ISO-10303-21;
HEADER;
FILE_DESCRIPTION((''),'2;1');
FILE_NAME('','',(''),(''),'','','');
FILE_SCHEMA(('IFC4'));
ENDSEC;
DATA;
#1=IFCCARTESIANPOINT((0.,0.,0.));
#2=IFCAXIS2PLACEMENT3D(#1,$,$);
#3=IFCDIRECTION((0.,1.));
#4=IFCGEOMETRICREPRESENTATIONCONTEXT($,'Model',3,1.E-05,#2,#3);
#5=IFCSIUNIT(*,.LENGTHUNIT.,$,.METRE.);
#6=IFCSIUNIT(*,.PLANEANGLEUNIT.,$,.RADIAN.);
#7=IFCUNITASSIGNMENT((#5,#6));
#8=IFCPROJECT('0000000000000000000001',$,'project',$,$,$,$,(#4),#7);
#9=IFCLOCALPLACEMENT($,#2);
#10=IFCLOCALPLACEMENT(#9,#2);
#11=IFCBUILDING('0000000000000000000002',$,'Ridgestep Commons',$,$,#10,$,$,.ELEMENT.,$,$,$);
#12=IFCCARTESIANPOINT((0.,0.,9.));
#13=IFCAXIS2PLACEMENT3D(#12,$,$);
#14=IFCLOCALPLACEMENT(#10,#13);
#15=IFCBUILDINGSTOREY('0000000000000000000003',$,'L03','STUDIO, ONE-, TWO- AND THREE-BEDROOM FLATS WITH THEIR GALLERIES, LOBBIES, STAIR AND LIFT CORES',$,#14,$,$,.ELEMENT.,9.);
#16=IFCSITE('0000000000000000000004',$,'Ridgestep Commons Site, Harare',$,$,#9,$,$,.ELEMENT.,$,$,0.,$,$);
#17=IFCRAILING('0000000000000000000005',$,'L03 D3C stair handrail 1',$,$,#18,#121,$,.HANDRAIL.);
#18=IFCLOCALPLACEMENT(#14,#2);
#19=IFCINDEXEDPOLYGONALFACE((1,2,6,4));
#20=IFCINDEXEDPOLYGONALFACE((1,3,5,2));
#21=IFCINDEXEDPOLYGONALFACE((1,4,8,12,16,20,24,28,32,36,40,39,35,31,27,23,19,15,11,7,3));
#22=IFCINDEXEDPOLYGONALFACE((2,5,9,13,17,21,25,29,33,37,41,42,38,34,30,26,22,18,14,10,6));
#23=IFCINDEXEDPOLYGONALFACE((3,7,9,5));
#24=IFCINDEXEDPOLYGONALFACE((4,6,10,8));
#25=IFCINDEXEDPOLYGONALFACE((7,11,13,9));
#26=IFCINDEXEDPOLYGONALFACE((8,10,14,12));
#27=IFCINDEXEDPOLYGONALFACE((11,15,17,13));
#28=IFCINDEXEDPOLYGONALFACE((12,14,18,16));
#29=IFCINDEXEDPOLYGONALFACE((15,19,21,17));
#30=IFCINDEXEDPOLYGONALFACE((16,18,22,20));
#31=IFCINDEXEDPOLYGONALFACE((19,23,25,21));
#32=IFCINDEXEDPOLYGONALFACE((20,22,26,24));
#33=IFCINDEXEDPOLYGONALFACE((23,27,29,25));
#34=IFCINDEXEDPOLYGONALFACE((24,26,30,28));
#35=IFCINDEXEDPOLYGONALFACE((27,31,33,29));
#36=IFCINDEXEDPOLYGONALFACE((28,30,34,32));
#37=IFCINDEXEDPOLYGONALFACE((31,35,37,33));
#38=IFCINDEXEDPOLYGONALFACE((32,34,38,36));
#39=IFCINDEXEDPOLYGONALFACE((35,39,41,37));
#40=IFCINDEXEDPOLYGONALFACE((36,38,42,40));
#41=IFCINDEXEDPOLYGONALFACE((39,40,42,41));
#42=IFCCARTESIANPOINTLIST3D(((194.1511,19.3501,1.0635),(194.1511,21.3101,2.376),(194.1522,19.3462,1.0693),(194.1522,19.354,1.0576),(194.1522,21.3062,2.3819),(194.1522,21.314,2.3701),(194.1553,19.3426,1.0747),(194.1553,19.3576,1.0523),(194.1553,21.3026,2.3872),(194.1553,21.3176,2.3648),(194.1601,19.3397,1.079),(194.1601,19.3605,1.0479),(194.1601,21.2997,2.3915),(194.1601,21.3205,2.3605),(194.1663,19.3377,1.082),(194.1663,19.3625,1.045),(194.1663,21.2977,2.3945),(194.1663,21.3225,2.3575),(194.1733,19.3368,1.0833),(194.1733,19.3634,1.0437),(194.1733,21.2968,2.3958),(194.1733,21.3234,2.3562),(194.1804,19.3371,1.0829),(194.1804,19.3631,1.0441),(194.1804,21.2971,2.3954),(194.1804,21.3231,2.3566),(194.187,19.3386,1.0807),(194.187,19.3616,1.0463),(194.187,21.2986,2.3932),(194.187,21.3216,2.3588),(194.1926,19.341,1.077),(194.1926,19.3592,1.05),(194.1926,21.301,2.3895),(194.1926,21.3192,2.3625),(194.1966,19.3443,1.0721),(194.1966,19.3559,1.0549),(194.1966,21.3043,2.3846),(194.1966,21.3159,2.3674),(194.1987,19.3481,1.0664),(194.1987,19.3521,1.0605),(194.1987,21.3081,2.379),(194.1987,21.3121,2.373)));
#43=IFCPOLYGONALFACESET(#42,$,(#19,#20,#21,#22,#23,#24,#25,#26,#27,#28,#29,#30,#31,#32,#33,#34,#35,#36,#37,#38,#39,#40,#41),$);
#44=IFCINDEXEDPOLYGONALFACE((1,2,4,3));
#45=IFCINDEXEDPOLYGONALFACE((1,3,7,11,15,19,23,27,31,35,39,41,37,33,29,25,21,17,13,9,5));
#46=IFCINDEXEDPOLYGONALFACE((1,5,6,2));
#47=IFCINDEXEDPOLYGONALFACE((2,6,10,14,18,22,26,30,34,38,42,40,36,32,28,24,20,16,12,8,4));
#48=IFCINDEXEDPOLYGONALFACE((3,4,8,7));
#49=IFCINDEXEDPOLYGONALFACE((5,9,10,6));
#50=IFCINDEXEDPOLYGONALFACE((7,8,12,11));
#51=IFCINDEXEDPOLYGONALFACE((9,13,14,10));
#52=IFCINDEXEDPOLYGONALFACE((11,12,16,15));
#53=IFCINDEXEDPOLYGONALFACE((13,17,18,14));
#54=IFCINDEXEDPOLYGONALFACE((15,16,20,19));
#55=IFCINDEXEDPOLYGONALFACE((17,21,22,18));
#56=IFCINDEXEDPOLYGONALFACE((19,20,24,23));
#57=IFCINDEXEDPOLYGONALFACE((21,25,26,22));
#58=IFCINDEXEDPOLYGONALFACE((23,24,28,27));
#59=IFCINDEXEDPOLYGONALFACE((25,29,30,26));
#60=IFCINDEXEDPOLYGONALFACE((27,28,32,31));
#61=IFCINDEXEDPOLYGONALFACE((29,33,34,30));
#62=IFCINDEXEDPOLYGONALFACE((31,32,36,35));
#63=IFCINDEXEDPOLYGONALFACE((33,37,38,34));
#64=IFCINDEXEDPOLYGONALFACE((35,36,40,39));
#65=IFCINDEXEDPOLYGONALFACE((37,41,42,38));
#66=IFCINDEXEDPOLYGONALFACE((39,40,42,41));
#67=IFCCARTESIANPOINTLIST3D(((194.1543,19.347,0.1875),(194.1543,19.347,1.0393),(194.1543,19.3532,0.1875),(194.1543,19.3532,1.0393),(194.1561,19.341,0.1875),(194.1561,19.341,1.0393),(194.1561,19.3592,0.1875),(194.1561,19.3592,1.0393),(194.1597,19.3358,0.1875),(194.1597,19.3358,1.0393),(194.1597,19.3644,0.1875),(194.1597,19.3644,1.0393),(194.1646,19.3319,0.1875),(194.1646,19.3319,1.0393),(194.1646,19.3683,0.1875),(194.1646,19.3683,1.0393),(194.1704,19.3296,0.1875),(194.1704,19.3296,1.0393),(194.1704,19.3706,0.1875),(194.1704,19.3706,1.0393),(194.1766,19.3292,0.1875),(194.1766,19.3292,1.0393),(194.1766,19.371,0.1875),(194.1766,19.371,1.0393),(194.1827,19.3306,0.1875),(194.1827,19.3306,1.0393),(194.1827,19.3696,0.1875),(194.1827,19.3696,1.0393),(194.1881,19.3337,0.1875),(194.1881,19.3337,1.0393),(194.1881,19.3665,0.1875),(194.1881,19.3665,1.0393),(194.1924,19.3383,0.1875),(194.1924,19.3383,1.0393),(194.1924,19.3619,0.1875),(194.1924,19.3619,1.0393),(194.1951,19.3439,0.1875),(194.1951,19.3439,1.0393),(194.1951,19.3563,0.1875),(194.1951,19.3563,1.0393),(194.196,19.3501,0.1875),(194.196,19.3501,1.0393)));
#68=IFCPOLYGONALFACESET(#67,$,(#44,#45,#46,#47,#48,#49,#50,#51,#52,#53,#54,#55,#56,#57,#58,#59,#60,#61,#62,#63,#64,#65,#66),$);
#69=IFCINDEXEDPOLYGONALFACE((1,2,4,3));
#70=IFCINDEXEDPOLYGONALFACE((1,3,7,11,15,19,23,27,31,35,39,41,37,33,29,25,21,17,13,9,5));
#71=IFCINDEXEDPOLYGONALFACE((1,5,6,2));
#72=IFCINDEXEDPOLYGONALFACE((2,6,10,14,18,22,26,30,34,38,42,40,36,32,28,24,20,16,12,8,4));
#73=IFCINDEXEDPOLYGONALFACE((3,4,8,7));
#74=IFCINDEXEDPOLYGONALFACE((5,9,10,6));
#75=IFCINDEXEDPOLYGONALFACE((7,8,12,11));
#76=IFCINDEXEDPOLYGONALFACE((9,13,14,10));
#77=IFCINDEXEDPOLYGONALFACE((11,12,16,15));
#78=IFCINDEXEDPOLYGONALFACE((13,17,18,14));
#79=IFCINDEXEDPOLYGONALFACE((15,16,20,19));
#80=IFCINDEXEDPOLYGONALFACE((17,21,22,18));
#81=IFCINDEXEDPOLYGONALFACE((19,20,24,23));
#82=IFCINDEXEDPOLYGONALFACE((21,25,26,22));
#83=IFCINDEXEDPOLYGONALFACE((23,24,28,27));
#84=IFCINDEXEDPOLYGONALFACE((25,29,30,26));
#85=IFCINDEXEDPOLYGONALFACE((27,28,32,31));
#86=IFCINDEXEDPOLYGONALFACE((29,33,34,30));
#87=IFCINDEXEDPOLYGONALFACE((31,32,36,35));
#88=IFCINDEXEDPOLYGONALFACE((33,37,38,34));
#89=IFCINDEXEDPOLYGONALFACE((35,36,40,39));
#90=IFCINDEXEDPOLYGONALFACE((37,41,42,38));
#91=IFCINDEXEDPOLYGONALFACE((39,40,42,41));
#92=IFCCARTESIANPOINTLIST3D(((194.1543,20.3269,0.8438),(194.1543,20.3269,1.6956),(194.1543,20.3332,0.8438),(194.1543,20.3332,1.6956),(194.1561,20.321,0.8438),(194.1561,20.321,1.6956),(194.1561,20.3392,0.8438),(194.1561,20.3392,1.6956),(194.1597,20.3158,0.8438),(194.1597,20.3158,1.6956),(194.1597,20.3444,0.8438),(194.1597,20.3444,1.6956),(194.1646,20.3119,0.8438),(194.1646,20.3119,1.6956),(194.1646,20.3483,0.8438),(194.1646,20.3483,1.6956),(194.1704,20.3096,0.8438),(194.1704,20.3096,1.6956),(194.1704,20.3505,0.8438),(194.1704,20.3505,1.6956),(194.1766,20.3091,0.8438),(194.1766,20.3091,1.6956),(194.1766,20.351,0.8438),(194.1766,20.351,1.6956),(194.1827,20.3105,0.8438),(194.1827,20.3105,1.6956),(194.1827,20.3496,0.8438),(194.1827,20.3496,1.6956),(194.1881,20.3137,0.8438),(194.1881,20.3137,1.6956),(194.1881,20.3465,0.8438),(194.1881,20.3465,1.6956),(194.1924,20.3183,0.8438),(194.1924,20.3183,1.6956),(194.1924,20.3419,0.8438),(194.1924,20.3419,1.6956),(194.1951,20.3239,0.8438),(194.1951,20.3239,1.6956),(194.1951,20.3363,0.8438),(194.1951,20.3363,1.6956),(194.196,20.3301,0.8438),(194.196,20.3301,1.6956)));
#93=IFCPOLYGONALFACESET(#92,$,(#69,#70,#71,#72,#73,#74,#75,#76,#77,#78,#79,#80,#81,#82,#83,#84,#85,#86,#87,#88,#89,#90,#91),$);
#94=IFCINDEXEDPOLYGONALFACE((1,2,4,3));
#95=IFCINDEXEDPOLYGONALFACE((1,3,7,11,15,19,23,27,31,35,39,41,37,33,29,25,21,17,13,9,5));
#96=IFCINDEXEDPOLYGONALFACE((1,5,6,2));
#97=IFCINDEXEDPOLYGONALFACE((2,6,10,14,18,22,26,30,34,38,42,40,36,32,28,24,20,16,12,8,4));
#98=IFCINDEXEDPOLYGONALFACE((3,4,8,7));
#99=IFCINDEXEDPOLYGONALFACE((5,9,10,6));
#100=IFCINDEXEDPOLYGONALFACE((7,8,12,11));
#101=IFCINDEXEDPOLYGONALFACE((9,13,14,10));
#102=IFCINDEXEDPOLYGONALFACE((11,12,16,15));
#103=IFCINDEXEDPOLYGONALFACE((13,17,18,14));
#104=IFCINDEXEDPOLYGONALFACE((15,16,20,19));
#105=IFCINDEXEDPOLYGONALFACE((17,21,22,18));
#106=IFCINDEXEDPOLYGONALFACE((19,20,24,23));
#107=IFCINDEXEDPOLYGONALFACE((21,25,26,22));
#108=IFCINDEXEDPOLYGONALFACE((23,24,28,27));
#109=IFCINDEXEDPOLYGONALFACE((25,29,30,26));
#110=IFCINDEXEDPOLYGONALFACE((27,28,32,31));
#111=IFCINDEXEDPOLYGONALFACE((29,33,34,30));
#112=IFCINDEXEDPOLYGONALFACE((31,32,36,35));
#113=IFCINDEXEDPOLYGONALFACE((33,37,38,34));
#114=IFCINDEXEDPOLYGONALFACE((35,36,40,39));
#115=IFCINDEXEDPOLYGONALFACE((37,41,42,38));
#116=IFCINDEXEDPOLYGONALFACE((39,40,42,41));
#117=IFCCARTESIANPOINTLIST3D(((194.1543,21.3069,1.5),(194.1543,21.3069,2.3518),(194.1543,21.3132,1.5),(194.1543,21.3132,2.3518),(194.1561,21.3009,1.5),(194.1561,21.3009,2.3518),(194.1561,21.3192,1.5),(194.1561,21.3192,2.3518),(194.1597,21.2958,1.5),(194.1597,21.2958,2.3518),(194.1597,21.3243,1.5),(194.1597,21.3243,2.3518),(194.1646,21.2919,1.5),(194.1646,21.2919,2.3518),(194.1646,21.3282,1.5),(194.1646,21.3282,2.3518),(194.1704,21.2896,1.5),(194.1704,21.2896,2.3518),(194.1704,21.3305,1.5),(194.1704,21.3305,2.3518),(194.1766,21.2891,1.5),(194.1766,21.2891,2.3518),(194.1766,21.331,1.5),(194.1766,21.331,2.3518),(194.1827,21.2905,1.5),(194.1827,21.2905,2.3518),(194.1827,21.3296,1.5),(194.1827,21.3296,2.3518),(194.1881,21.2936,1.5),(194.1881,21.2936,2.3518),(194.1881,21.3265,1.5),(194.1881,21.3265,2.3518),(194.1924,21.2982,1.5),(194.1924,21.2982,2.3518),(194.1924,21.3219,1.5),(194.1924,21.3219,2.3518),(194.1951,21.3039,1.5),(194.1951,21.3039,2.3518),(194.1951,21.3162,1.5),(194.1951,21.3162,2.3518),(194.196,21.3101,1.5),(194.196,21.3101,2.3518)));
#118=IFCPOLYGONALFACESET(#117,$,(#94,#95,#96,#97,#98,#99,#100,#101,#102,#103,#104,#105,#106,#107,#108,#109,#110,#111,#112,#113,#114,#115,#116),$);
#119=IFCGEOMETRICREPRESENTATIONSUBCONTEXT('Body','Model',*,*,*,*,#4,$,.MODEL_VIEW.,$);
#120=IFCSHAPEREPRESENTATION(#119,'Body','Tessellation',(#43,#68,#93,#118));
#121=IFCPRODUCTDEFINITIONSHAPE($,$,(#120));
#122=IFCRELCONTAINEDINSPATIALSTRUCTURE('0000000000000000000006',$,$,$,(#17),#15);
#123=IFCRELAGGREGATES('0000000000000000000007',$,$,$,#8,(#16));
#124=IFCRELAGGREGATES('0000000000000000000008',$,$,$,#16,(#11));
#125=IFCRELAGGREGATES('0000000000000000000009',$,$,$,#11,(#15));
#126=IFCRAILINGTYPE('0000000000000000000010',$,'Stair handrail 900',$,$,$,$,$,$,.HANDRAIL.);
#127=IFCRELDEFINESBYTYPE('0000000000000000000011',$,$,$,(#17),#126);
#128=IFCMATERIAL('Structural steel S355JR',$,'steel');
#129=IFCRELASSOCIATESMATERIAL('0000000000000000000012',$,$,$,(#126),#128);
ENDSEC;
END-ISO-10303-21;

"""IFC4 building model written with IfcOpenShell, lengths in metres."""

from ifc_helpers import new_model, si_unit, direction, frame, origin, origin_2d, place, context, subcontext, project, spatial, circle, extrude, material, type_object, element, save


model = new_model("IFC4")

# Units and contexts
model_context = context("Model", 3, precision=1e-05, world=origin(), true_north=direction((0.0, 1.0)))
body_context = subcontext(model_context, "Body", "Model", "MODEL_VIEW")
ifc_project = project(units=[si_unit("LENGTHUNIT", "METRE"), si_unit("PLANEANGLEUNIT", "RADIAN")], contexts=[model_context])

# Site, building, storey
site_placement = place(None, origin())
site = spatial("IfcSite", under=ifc_project, at=site_placement, Name="Ridgestep Commons Site, Harare", CompositionType="ELEMENT", RefElevation=0.0)
building_placement = place(site_placement, origin())
building = spatial("IfcBuilding", under=site, at=building_placement, Name="Ridgestep Commons", CompositionType="ELEMENT")
storey_placement = place(building_placement, frame((0.0, 0.0, 9.0)))
storey = spatial("IfcBuildingStorey", under=building, at=storey_placement, Name="L03", Description="STUDIO, ONE-, TWO- AND THREE-BEDROOM FLATS WITH THEIR GALLERIES, LOBBIES, STAIR AND LIFT CORES", CompositionType="ELEMENT", Elevation=9.0)

# Railing
ifc_material_1 = material(Name="Structural steel S355JR", Category="steel")
railing_type_1 = type_object("IfcRailingType", Name="Stair handrail 900", PredefinedType="HANDRAIL", material=ifc_material_1)
railing_1_placement = place(storey_placement, frame((194.175, 19.3501, 0.1875)))
element("IfcRailing", 1, at=railing_1_placement, inside=storey, type_object=railing_type_1, Name="L03 D3C stair handrail 1", PredefinedType="HANDRAIL", context=body_context, shape_type="SweptSolid", body=[
    extrude(circle(Radius=0.0239, at=origin_2d()), frame((0.0, 0.0, 0.876), z_axis=(0.0, 0.830902, 0.556419), x_axis=(-1.0, 0.0, 0.0)), (0.0, 0.0, 1.0), 2.3589),
    extrude(circle(Radius=0.021, at=origin_2d()), origin(), (0.0, 0.0, 1.0), 0.8518),
    extrude(circle(Radius=0.021, at=origin_2d()), frame((0.0, 0.98, 0.6562)), (0.0, 0.0, 1.0), 0.8518),
    extrude(circle(Radius=0.021, at=origin_2d()), frame((0.0, 1.96, 1.3125)), (0.0, 0.0, 1.0), 0.8518),
])

save(model, "model.ifc")
